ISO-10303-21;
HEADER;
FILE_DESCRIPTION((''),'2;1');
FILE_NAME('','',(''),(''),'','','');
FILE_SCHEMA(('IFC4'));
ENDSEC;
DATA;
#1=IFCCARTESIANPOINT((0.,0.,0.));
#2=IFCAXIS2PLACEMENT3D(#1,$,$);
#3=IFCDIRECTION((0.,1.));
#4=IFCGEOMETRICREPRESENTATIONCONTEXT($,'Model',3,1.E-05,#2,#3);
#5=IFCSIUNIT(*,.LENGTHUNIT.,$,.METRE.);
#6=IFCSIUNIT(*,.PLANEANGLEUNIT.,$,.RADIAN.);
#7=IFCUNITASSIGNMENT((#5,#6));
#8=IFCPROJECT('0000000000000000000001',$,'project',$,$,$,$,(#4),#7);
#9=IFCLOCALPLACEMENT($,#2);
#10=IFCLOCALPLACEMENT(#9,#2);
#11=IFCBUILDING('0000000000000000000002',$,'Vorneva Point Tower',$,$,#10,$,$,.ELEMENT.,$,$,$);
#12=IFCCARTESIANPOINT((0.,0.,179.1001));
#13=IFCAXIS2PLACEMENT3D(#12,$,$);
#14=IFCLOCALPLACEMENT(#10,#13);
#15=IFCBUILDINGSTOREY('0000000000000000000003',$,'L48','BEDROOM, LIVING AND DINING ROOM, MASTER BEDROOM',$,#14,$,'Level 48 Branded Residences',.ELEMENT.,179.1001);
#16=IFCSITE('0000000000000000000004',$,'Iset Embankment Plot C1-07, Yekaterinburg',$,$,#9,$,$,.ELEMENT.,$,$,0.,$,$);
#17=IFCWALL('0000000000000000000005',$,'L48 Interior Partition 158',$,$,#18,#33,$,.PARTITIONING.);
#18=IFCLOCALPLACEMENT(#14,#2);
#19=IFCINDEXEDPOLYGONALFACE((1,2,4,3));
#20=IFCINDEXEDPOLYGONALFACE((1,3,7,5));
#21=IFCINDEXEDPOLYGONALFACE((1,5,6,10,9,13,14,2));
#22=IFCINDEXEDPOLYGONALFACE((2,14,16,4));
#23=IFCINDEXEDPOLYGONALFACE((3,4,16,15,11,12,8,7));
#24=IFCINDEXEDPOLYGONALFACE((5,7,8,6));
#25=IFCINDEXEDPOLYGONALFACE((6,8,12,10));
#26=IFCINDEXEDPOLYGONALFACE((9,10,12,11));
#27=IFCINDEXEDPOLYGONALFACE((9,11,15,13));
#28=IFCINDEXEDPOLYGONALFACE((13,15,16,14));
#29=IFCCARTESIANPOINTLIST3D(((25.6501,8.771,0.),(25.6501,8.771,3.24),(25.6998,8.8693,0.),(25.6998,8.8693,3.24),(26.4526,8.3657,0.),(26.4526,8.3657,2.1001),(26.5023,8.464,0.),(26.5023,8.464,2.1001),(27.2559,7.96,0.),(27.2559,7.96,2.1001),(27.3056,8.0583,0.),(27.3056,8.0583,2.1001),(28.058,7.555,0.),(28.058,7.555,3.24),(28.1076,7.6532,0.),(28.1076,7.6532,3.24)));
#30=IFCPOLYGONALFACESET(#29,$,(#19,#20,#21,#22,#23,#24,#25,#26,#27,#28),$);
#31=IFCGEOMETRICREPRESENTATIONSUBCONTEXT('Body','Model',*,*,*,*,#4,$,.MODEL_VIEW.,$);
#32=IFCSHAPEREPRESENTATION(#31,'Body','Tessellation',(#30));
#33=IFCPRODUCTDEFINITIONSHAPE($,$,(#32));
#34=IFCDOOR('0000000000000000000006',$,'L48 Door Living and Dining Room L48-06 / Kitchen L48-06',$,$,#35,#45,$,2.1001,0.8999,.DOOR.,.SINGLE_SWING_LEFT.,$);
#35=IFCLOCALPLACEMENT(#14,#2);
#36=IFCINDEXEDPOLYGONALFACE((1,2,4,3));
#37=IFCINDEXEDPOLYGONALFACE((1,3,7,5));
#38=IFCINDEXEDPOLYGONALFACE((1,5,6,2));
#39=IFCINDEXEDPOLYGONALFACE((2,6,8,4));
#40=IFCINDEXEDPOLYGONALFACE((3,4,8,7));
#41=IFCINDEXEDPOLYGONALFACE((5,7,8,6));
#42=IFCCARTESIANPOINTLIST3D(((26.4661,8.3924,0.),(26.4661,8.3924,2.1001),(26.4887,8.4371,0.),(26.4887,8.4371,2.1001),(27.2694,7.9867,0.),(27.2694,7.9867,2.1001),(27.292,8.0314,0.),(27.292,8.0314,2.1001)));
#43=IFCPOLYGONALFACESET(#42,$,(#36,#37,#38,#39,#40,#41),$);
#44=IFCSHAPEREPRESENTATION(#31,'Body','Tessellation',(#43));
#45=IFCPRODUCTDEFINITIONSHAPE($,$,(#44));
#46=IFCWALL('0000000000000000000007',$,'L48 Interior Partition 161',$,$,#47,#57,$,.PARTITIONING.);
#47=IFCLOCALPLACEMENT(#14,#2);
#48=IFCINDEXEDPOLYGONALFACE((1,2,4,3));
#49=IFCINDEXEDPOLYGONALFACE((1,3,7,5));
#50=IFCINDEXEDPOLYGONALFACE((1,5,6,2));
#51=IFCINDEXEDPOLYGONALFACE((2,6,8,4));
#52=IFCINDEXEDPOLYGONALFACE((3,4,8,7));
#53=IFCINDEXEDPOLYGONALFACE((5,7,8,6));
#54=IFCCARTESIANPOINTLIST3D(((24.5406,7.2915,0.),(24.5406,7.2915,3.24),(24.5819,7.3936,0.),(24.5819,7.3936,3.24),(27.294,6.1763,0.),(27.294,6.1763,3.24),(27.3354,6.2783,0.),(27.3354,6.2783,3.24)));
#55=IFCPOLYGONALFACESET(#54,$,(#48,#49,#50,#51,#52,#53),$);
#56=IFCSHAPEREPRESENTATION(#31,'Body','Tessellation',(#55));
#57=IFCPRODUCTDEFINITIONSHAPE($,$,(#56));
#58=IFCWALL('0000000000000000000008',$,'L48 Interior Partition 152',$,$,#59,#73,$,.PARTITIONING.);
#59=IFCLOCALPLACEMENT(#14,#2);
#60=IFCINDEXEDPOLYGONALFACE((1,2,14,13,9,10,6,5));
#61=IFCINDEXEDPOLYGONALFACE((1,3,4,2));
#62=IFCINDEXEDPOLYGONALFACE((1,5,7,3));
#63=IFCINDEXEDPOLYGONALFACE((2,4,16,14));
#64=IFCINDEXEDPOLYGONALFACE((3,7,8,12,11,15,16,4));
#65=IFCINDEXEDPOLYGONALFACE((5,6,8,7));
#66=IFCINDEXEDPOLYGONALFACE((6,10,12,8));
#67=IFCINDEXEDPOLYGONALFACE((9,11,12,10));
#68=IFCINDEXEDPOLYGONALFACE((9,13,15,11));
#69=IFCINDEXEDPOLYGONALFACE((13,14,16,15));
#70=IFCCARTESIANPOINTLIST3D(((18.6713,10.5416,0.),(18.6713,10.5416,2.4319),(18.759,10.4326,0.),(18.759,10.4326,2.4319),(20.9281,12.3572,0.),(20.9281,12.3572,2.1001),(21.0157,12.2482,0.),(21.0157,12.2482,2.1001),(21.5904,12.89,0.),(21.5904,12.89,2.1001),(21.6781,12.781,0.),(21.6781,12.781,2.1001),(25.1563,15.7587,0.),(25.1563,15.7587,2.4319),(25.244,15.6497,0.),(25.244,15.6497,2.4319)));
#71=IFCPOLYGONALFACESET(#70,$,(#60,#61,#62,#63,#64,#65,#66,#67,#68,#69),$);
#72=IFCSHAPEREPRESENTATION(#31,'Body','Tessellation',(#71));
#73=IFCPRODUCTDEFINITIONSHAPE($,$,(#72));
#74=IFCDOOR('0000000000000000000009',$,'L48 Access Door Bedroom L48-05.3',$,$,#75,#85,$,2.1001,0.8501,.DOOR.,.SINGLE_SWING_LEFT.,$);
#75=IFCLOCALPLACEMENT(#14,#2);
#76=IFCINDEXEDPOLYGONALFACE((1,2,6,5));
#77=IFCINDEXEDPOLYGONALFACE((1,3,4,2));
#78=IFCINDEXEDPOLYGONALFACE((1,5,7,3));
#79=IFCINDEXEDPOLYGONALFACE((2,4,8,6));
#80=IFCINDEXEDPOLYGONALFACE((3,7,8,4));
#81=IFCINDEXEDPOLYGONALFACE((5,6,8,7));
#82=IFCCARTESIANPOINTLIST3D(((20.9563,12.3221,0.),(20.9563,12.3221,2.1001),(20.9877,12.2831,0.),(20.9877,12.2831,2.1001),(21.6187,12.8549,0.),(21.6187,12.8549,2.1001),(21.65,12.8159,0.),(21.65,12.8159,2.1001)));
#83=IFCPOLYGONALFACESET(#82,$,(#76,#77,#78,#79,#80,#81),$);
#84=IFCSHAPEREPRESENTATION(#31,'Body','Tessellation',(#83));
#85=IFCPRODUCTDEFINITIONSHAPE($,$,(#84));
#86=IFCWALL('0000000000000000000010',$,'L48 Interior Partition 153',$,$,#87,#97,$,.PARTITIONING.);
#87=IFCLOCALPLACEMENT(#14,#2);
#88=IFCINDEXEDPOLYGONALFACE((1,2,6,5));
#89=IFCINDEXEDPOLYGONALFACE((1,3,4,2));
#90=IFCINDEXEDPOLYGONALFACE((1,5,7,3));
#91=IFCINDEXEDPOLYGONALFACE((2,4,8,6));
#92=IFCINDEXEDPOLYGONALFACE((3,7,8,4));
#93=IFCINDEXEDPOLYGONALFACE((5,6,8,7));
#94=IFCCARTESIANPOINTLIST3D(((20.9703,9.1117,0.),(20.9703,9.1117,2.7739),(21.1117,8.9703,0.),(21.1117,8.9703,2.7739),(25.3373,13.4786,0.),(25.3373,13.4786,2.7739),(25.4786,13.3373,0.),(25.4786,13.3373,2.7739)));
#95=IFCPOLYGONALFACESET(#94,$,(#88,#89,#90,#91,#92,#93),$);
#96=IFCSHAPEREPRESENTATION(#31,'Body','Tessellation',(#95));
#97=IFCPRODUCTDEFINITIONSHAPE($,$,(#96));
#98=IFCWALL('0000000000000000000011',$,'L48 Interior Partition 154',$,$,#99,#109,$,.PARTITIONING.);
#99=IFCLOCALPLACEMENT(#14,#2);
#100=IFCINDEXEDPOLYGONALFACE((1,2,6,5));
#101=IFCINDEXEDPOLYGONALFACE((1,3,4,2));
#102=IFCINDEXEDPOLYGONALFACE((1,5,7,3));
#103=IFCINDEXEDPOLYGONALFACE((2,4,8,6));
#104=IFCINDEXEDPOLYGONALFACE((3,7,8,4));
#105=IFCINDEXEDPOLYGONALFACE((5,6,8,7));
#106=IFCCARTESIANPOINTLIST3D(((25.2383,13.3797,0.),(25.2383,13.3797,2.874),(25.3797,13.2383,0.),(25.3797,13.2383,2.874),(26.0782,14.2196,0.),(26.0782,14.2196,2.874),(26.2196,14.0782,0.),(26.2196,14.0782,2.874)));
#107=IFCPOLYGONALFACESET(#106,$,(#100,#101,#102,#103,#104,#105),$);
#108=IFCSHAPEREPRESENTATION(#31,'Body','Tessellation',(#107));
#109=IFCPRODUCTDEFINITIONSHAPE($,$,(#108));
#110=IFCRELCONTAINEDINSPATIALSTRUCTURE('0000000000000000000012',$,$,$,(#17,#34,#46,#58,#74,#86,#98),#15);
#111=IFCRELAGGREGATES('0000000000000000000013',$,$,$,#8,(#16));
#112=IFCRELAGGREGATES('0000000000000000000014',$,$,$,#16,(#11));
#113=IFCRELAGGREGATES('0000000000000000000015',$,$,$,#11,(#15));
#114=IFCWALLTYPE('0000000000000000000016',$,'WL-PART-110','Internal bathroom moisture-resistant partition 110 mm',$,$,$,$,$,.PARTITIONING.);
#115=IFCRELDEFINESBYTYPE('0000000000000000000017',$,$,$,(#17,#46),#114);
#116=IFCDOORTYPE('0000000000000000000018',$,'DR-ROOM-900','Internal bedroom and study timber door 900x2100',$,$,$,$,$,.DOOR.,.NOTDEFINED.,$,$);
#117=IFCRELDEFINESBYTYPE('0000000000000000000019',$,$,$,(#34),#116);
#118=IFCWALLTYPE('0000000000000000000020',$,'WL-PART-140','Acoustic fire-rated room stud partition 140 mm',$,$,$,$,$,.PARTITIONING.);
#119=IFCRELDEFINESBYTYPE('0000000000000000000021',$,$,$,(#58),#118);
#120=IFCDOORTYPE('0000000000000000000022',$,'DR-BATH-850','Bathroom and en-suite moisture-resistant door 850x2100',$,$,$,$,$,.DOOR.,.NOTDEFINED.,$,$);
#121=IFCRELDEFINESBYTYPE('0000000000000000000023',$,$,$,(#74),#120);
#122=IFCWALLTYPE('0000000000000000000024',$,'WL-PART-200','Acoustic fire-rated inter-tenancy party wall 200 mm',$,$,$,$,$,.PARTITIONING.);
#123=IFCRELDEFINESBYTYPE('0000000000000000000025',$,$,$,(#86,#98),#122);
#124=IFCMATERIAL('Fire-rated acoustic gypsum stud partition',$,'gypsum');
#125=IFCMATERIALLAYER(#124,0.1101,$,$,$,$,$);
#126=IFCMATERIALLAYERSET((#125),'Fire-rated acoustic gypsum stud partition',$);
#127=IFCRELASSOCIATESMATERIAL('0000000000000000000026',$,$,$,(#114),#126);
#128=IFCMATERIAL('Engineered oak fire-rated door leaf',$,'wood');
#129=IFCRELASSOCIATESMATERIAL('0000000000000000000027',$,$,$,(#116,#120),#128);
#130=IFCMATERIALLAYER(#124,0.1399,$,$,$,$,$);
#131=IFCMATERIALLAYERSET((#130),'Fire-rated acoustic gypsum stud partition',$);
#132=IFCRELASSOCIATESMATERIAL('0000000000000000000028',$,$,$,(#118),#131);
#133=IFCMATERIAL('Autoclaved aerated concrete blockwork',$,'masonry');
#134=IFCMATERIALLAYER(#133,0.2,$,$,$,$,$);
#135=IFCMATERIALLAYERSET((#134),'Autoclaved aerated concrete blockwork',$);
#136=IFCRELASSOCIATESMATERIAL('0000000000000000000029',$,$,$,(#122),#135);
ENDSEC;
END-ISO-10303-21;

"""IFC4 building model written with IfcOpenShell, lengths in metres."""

from ifc_helpers import new_model, si_unit, direction, frame, frame_2d, origin, place, context, subcontext, project, spatial, rectangle, extrude, material, layer, layer_set, type_object, element, fill, save


model = new_model("IFC4")

# Units and contexts
model_context = context("Model", 3, precision=1e-05, world=origin(), true_north=direction((0.0, 1.0)))
body_context = subcontext(model_context, "Body", "Model", "MODEL_VIEW")
ifc_project = project(units=[si_unit("LENGTHUNIT", "METRE"), si_unit("PLANEANGLEUNIT", "RADIAN")], contexts=[model_context])

# Site, building, storey
site_placement = place(None, origin())
site = spatial("IfcSite", under=ifc_project, at=site_placement, Name="Iset Embankment Plot C1-07, Yekaterinburg", CompositionType="ELEMENT", RefElevation=0.0)
building_placement = place(site_placement, origin())
building = spatial("IfcBuilding", under=site, at=building_placement, Name="Vorneva Point Tower", CompositionType="ELEMENT")
storey_placement = place(building_placement, frame((0.0, 0.0, 179.1001)))
storey = spatial("IfcBuildingStorey", under=building, at=storey_placement, Name="L48", Description="BEDROOM, LIVING AND DINING ROOM, MASTER BEDROOM", LongName="Level 48 Branded Residences", CompositionType="ELEMENT", Elevation=179.1001)

# Shared definitions
ifc_material_1 = material(Name="Fire-rated acoustic gypsum stud partition", Category="gypsum")
ifc_layer_1 = layer(ifc_material_1, 0.1101)
ifc_layer_set_1 = layer_set([ifc_layer_1], Name="Fire-rated acoustic gypsum stud partition")
wall_type_1 = type_object("IfcWallType", Name="WL-PART-110", Description="Internal bathroom moisture-resistant partition 110 mm", PredefinedType="PARTITIONING", material=ifc_layer_set_1)

# Wall, opening, door
wall_1_placement = place(storey_placement, frame((25.675, 8.8201, 0.0), z_axis=(0.0, 0.0, 1.0), x_axis=(0.892628, -0.450794, 0.0)))
wall_1 = element("IfcWall", 1, at=wall_1_placement, inside=storey, type_object=wall_type_1, Name="L48 Interior Partition 158", PredefinedType="PARTITIONING", context=body_context, shape_type="SweptSolid", body=[
    extrude(rectangle(XDim=2.6975, YDim=0.1101, at=frame_2d((1.3486, 0.0))), origin(), (0.0, 0.0, 1.0), 3.24),
])
opening_1_placement = place(wall_1_placement, frame((0.8989, 0.0, 0.0)))
opening_1 = element("IfcOpeningElement", 2, at=opening_1_placement, cuts=wall_1, PredefinedType="OPENING", context=body_context, shape_type="SweptSolid", body=[
    extrude(rectangle(XDim=0.8999, YDim=2.1001, at=frame_2d((0.45, 1.05))), frame((0.0, 0.0698, 0.0), z_axis=(0.0, -1.0, 0.0), x_axis=(1.0, 0.0, 0.0)), (0.0, 0.0, 1.0), 0.1399),
])
ifc_material_2 = material(Name="Engineered oak fire-rated door leaf", Category="wood")
door_type_1 = type_object("IfcDoorType", Name="DR-ROOM-900", Description="Internal bedroom and study timber door 900x2100", OperationType="NOTDEFINED", PredefinedType="DOOR", material=ifc_material_2)
door_1_placement = place(opening_1_placement, origin())
door_1 = element("IfcDoor", 3, at=door_1_placement, inside=storey, type_object=door_type_1, Name="L48 Door Living and Dining Room L48-06 / Kitchen L48-06", OperationType="SINGLE_SWING_LEFT", OverallHeight=2.1001, OverallWidth=0.8999, PredefinedType="DOOR", context=body_context, shape_type="SweptSolid", body=[
    extrude(rectangle(XDim=0.8999, YDim=2.1001, at=frame_2d((0.45, 1.05))), frame((0.0, 0.0249, 0.0), z_axis=(0.0, -1.0, 0.0), x_axis=(1.0, 0.0, 0.0)), (0.0, 0.0, 1.0), 0.05),
])
fill(opening_1, door_1)

# Wall
wall_2_placement = place(storey_placement, frame((24.5613, 7.3425, 0.0), z_axis=(0.0, 0.0, 1.0), x_axis=(0.926858, -0.375411, 0.0)))
element("IfcWall", 4, at=wall_2_placement, inside=storey, type_object=wall_type_1, Name="L48 Interior Partition 161", PredefinedType="PARTITIONING", context=body_context, shape_type="SweptSolid", body=[
    extrude(rectangle(XDim=2.9707, YDim=0.1101, at=frame_2d((1.4854, 0.0))), origin(), (0.0, 0.0, 1.0), 3.24),
])

# Wall, opening, door
ifc_layer_2 = layer(ifc_material_1, 0.1399)
ifc_layer_set_2 = layer_set([ifc_layer_2], Name="Fire-rated acoustic gypsum stud partition")
wall_type_2 = type_object("IfcWallType", Name="WL-PART-140", Description="Acoustic fire-rated room stud partition 140 mm", PredefinedType="PARTITIONING", material=ifc_layer_set_2)
wall_3_placement = place(storey_placement, frame((18.7151, 10.4871, 0.0), z_axis=(0.0, 0.0, 1.0), x_axis=(0.779157, 0.626828, 0.0)))
wall_3 = element("IfcWall", 5, at=wall_3_placement, inside=storey, type_object=wall_type_2, Name="L48 Interior Partition 152", PredefinedType="PARTITIONING", context=body_context, shape_type="SweptSolid", body=[
    extrude(rectangle(XDim=8.323, YDim=0.1399, at=frame_2d((4.1616, 0.0))), origin(), (0.0, 0.0, 1.0), 2.4319),
])
opening_2_placement = place(wall_3_placement, frame((2.8965, 0.0, 0.0)))
opening_2 = element("IfcOpeningElement", 6, at=opening_2_placement, cuts=wall_3, PredefinedType="OPENING", context=body_context, shape_type="SweptSolid", body=[
    extrude(rectangle(XDim=0.8501, YDim=2.1001, at=frame_2d((0.425, 1.05))), frame((0.0, 0.085, 0.0), z_axis=(0.0, -1.0, 0.0), x_axis=(1.0, 0.0, 0.0)), (0.0, 0.0, 1.0), 0.1697),
])
door_type_2 = type_object("IfcDoorType", Name="DR-BATH-850", Description="Bathroom and en-suite moisture-resistant door 850x2100", OperationType="NOTDEFINED", PredefinedType="DOOR", material=ifc_material_2)
door_2_placement = place(opening_2_placement, origin())
door_2 = element("IfcDoor", 7, at=door_2_placement, inside=storey, type_object=door_type_2, Name="L48 Access Door Bedroom L48-05.3", OperationType="SINGLE_SWING_LEFT", OverallHeight=2.1001, OverallWidth=0.8501, PredefinedType="DOOR", context=body_context, shape_type="SweptSolid", body=[
    extrude(rectangle(XDim=0.8501, YDim=2.1001, at=frame_2d((0.425, 1.05))), frame((0.0, 0.0249, 0.0), z_axis=(0.0, -1.0, 0.0), x_axis=(1.0, 0.0, 0.0)), (0.0, 0.0, 1.0), 0.05),
])
fill(opening_2, door_2)

# Walls
ifc_material_3 = material(Name="Autoclaved aerated concrete blockwork", Category="masonry")
ifc_layer_3 = layer(ifc_material_3, 0.2)
ifc_layer_set_3 = layer_set([ifc_layer_3], Name="Autoclaved aerated concrete blockwork")
wall_type_3 = type_object("IfcWallType", Name="WL-PART-200", Description="Acoustic fire-rated inter-tenancy party wall 200 mm", PredefinedType="PARTITIONING", material=ifc_layer_set_3)
wall_4_placement = place(storey_placement, frame((21.041, 9.041, 0.0), z_axis=(0.0, 0.0, 1.0), x_axis=(0.707107, 0.707107, 0.0)))
element("IfcWall", 8, at=wall_4_placement, inside=storey, type_object=wall_type_3, Name="L48 Interior Partition 153", PredefinedType="PARTITIONING", context=body_context, shape_type="SweptSolid", body=[
    extrude(rectangle(XDim=6.1758, YDim=0.2, at=frame_2d((3.0879, 0.0))), origin(), (0.0, 0.0, 1.0), 2.7739),
])
wall_5_placement = place(storey_placement, frame((25.3091, 13.3091, 0.0), z_axis=(0.0, 0.0, 1.0), x_axis=(0.707107, 0.707107, 0.0)))
element("IfcWall", 9, at=wall_5_placement, inside=storey, type_object=wall_type_3, Name="L48 Interior Partition 154", PredefinedType="PARTITIONING", context=body_context, shape_type="SweptSolid", body=[
    extrude(rectangle(XDim=1.1877, YDim=0.2, at=frame_2d((0.5938, 0.0))), origin(), (0.0, 0.0, 1.0), 2.874),
])

save(model, "model.ifc")
